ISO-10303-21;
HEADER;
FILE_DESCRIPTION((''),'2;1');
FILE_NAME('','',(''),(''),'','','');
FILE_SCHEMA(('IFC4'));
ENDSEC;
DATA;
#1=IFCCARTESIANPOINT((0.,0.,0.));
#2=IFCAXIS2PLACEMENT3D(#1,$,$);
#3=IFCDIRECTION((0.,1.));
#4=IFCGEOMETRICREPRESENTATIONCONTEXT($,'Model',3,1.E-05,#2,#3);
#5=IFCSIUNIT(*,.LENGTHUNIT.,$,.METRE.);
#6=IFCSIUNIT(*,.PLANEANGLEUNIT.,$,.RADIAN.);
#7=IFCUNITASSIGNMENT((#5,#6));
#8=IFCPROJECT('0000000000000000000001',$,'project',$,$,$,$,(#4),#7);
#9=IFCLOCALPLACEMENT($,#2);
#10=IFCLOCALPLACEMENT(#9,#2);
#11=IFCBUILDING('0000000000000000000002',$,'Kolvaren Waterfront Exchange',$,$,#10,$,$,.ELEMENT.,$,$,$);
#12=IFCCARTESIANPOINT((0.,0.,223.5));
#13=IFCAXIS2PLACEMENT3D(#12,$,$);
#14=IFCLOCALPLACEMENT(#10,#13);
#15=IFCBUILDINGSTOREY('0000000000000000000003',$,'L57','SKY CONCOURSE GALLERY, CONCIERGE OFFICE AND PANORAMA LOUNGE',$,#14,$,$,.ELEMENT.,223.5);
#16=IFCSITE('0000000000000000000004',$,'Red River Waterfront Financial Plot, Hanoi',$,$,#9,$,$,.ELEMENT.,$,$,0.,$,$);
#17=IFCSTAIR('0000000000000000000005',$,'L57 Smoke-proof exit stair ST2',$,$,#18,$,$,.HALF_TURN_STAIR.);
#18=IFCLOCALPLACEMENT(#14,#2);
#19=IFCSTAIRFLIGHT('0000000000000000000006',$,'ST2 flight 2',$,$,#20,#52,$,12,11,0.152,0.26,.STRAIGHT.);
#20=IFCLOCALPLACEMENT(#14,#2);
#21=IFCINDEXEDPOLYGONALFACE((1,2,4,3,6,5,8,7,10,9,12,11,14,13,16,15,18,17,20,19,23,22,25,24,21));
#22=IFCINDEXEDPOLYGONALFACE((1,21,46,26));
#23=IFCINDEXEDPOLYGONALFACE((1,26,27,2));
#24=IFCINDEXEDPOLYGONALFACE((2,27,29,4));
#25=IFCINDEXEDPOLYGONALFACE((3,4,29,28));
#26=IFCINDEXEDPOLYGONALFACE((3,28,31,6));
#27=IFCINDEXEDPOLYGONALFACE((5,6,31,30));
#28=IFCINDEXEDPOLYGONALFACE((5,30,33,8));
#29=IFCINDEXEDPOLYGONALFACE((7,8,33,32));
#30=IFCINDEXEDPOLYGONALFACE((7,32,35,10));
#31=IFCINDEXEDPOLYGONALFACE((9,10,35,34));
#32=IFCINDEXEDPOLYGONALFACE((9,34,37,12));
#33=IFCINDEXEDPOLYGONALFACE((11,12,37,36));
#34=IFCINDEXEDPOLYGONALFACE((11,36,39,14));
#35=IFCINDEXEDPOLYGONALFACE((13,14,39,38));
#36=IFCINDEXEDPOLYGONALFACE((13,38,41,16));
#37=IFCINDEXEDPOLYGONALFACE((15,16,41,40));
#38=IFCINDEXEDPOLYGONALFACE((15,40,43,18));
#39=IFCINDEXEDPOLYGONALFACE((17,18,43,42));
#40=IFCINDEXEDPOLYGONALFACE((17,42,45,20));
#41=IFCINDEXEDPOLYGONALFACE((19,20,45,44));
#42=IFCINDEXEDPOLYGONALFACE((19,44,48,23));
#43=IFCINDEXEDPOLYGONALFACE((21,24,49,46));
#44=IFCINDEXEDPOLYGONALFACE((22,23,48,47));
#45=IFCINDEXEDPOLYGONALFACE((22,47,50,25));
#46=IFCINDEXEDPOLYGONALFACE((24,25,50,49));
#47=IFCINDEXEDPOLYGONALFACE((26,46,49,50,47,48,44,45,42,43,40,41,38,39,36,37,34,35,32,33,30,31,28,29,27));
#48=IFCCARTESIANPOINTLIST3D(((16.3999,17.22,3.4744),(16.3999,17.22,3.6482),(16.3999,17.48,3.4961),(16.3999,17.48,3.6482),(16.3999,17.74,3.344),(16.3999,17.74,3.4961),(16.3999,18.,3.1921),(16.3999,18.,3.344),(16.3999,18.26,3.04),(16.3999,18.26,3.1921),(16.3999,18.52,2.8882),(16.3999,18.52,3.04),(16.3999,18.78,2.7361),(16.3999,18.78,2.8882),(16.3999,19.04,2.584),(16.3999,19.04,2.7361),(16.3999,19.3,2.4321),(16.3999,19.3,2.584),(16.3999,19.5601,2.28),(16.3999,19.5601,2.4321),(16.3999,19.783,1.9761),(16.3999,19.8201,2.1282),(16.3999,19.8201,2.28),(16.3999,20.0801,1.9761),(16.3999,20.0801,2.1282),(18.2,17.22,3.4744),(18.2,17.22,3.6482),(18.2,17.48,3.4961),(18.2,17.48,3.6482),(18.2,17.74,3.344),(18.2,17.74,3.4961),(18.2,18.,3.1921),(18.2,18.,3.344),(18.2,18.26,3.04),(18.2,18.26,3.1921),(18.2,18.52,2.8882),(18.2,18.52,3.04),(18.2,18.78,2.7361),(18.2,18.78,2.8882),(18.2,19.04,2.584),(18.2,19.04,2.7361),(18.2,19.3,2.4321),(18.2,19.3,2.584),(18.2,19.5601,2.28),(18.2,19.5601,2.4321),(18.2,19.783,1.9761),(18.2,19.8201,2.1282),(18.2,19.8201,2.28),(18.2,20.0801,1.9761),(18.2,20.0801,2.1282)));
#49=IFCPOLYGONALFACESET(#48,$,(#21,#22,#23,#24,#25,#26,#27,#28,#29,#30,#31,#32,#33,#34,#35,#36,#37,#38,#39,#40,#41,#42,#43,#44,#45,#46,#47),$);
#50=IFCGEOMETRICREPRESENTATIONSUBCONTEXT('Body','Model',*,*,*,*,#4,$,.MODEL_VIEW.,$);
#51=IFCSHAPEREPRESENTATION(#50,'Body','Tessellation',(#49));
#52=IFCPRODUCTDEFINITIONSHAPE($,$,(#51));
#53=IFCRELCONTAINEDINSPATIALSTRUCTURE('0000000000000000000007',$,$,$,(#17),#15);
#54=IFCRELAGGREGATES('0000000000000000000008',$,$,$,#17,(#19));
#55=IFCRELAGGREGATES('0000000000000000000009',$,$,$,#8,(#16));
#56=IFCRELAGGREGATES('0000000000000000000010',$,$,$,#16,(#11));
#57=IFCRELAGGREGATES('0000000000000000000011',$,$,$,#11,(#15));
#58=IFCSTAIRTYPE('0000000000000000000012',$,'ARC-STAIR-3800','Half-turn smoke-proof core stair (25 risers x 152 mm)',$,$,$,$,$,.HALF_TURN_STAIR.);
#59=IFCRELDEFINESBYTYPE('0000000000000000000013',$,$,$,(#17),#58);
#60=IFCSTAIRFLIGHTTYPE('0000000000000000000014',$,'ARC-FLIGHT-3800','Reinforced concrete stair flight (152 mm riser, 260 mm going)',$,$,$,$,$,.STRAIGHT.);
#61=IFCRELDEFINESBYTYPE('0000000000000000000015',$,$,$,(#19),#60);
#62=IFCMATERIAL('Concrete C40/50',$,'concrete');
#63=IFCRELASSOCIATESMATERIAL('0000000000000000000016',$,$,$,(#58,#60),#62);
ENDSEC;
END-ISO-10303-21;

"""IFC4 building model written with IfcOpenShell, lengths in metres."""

from ifc_helpers import new_model, si_unit, direction, frame, origin, place, context, subcontext, project, spatial, polyline, outline, extrude, material, type_object, element, aggregate, save


model = new_model("IFC4")

# Units and contexts
model_context = context("Model", 3, precision=1e-05, world=origin(), true_north=direction((0.0, 1.0)))
body_context = subcontext(model_context, "Body", "Model", "MODEL_VIEW")
ifc_project = project(units=[si_unit("LENGTHUNIT", "METRE"), si_unit("PLANEANGLEUNIT", "RADIAN")], contexts=[model_context])

# Site, building, storey
site_placement = place(None, origin())
site = spatial("IfcSite", under=ifc_project, at=site_placement, Name="Red River Waterfront Financial Plot, Hanoi", CompositionType="ELEMENT", RefElevation=0.0)
building_placement = place(site_placement, origin())
building = spatial("IfcBuilding", under=site, at=building_placement, Name="Kolvaren Waterfront Exchange", CompositionType="ELEMENT")
storey_placement = place(building_placement, frame((0.0, 0.0, 223.5)))
storey = spatial("IfcBuildingStorey", under=building, at=storey_placement, Name="L57", Description="SKY CONCOURSE GALLERY, CONCIERGE OFFICE AND PANORAMA LOUNGE", CompositionType="ELEMENT", Elevation=223.5)

# Stair, stair flight
ifc_material_1 = material(Name="Concrete C40/50", Category="concrete")
stair_type = type_object("IfcStairType", Name="ARC-STAIR-3800", Description="Half-turn smoke-proof core stair (25 risers x 152 mm)", PredefinedType="HALF_TURN_STAIR", material=ifc_material_1)
stair_placement = place(storey_placement, origin())
stair = element("IfcStair", 1, at=stair_placement, inside=storey, type_object=stair_type, Name="L57 Smoke-proof exit stair ST2", PredefinedType="HALF_TURN_STAIR")
stair_flight_type = type_object("IfcStairFlightType", Name="ARC-FLIGHT-3800", Description="Reinforced concrete stair flight (152 mm riser, 260 mm going)", PredefinedType="STRAIGHT", material=ifc_material_1)
stair_flight_placement = place(storey_placement, frame((17.3, 20.0801, 1.9761), z_axis=(0.0, 0.0, 1.0), x_axis=(0.0, -1.0, 0.0)))
stair_flight = element("IfcStairFlight", 2, at=stair_flight_placement, type_object=stair_flight_type, Name="ST2 flight 2", NumberOfRisers=12, NumberOfTreads=11, PredefinedType="STRAIGHT", RiserHeight=0.152, TreadLength=0.26, context=body_context, shape_type="SweptSolid", body=[
    extrude(outline(polyline([(0.0, 0.0), (0.0, 0.1521), (0.26, 0.1521), (0.26, 0.304), (0.52, 0.304), (0.52, 0.4561), (0.78, 0.4561), (0.78, 0.6079), (1.04, 0.6079), (1.04, 0.76), (1.3, 0.76), (1.3, 0.9121), (1.5601, 0.9121), (1.5601, 1.064), (1.8201, 1.064), (1.8201, 1.2161), (2.0801, 1.2161), (2.0801, 1.3679), (2.3401, 1.3679), (2.3401, 1.52), (2.6001, 1.52), (2.6001, 1.6721), (2.8601, 1.6721), (2.8601, 1.824), (2.8601, 1.4983), (0.2971, 0.0), (0.0, 0.0)])), frame((0.0, 0.8999, 0.0), z_axis=(0.0, -1.0, 0.0), x_axis=(1.0, 0.0, 0.0)), (0.0, 0.0, 1.0), 1.8),
])
aggregate(stair, [stair_flight])

save(model, "model.ifc")
